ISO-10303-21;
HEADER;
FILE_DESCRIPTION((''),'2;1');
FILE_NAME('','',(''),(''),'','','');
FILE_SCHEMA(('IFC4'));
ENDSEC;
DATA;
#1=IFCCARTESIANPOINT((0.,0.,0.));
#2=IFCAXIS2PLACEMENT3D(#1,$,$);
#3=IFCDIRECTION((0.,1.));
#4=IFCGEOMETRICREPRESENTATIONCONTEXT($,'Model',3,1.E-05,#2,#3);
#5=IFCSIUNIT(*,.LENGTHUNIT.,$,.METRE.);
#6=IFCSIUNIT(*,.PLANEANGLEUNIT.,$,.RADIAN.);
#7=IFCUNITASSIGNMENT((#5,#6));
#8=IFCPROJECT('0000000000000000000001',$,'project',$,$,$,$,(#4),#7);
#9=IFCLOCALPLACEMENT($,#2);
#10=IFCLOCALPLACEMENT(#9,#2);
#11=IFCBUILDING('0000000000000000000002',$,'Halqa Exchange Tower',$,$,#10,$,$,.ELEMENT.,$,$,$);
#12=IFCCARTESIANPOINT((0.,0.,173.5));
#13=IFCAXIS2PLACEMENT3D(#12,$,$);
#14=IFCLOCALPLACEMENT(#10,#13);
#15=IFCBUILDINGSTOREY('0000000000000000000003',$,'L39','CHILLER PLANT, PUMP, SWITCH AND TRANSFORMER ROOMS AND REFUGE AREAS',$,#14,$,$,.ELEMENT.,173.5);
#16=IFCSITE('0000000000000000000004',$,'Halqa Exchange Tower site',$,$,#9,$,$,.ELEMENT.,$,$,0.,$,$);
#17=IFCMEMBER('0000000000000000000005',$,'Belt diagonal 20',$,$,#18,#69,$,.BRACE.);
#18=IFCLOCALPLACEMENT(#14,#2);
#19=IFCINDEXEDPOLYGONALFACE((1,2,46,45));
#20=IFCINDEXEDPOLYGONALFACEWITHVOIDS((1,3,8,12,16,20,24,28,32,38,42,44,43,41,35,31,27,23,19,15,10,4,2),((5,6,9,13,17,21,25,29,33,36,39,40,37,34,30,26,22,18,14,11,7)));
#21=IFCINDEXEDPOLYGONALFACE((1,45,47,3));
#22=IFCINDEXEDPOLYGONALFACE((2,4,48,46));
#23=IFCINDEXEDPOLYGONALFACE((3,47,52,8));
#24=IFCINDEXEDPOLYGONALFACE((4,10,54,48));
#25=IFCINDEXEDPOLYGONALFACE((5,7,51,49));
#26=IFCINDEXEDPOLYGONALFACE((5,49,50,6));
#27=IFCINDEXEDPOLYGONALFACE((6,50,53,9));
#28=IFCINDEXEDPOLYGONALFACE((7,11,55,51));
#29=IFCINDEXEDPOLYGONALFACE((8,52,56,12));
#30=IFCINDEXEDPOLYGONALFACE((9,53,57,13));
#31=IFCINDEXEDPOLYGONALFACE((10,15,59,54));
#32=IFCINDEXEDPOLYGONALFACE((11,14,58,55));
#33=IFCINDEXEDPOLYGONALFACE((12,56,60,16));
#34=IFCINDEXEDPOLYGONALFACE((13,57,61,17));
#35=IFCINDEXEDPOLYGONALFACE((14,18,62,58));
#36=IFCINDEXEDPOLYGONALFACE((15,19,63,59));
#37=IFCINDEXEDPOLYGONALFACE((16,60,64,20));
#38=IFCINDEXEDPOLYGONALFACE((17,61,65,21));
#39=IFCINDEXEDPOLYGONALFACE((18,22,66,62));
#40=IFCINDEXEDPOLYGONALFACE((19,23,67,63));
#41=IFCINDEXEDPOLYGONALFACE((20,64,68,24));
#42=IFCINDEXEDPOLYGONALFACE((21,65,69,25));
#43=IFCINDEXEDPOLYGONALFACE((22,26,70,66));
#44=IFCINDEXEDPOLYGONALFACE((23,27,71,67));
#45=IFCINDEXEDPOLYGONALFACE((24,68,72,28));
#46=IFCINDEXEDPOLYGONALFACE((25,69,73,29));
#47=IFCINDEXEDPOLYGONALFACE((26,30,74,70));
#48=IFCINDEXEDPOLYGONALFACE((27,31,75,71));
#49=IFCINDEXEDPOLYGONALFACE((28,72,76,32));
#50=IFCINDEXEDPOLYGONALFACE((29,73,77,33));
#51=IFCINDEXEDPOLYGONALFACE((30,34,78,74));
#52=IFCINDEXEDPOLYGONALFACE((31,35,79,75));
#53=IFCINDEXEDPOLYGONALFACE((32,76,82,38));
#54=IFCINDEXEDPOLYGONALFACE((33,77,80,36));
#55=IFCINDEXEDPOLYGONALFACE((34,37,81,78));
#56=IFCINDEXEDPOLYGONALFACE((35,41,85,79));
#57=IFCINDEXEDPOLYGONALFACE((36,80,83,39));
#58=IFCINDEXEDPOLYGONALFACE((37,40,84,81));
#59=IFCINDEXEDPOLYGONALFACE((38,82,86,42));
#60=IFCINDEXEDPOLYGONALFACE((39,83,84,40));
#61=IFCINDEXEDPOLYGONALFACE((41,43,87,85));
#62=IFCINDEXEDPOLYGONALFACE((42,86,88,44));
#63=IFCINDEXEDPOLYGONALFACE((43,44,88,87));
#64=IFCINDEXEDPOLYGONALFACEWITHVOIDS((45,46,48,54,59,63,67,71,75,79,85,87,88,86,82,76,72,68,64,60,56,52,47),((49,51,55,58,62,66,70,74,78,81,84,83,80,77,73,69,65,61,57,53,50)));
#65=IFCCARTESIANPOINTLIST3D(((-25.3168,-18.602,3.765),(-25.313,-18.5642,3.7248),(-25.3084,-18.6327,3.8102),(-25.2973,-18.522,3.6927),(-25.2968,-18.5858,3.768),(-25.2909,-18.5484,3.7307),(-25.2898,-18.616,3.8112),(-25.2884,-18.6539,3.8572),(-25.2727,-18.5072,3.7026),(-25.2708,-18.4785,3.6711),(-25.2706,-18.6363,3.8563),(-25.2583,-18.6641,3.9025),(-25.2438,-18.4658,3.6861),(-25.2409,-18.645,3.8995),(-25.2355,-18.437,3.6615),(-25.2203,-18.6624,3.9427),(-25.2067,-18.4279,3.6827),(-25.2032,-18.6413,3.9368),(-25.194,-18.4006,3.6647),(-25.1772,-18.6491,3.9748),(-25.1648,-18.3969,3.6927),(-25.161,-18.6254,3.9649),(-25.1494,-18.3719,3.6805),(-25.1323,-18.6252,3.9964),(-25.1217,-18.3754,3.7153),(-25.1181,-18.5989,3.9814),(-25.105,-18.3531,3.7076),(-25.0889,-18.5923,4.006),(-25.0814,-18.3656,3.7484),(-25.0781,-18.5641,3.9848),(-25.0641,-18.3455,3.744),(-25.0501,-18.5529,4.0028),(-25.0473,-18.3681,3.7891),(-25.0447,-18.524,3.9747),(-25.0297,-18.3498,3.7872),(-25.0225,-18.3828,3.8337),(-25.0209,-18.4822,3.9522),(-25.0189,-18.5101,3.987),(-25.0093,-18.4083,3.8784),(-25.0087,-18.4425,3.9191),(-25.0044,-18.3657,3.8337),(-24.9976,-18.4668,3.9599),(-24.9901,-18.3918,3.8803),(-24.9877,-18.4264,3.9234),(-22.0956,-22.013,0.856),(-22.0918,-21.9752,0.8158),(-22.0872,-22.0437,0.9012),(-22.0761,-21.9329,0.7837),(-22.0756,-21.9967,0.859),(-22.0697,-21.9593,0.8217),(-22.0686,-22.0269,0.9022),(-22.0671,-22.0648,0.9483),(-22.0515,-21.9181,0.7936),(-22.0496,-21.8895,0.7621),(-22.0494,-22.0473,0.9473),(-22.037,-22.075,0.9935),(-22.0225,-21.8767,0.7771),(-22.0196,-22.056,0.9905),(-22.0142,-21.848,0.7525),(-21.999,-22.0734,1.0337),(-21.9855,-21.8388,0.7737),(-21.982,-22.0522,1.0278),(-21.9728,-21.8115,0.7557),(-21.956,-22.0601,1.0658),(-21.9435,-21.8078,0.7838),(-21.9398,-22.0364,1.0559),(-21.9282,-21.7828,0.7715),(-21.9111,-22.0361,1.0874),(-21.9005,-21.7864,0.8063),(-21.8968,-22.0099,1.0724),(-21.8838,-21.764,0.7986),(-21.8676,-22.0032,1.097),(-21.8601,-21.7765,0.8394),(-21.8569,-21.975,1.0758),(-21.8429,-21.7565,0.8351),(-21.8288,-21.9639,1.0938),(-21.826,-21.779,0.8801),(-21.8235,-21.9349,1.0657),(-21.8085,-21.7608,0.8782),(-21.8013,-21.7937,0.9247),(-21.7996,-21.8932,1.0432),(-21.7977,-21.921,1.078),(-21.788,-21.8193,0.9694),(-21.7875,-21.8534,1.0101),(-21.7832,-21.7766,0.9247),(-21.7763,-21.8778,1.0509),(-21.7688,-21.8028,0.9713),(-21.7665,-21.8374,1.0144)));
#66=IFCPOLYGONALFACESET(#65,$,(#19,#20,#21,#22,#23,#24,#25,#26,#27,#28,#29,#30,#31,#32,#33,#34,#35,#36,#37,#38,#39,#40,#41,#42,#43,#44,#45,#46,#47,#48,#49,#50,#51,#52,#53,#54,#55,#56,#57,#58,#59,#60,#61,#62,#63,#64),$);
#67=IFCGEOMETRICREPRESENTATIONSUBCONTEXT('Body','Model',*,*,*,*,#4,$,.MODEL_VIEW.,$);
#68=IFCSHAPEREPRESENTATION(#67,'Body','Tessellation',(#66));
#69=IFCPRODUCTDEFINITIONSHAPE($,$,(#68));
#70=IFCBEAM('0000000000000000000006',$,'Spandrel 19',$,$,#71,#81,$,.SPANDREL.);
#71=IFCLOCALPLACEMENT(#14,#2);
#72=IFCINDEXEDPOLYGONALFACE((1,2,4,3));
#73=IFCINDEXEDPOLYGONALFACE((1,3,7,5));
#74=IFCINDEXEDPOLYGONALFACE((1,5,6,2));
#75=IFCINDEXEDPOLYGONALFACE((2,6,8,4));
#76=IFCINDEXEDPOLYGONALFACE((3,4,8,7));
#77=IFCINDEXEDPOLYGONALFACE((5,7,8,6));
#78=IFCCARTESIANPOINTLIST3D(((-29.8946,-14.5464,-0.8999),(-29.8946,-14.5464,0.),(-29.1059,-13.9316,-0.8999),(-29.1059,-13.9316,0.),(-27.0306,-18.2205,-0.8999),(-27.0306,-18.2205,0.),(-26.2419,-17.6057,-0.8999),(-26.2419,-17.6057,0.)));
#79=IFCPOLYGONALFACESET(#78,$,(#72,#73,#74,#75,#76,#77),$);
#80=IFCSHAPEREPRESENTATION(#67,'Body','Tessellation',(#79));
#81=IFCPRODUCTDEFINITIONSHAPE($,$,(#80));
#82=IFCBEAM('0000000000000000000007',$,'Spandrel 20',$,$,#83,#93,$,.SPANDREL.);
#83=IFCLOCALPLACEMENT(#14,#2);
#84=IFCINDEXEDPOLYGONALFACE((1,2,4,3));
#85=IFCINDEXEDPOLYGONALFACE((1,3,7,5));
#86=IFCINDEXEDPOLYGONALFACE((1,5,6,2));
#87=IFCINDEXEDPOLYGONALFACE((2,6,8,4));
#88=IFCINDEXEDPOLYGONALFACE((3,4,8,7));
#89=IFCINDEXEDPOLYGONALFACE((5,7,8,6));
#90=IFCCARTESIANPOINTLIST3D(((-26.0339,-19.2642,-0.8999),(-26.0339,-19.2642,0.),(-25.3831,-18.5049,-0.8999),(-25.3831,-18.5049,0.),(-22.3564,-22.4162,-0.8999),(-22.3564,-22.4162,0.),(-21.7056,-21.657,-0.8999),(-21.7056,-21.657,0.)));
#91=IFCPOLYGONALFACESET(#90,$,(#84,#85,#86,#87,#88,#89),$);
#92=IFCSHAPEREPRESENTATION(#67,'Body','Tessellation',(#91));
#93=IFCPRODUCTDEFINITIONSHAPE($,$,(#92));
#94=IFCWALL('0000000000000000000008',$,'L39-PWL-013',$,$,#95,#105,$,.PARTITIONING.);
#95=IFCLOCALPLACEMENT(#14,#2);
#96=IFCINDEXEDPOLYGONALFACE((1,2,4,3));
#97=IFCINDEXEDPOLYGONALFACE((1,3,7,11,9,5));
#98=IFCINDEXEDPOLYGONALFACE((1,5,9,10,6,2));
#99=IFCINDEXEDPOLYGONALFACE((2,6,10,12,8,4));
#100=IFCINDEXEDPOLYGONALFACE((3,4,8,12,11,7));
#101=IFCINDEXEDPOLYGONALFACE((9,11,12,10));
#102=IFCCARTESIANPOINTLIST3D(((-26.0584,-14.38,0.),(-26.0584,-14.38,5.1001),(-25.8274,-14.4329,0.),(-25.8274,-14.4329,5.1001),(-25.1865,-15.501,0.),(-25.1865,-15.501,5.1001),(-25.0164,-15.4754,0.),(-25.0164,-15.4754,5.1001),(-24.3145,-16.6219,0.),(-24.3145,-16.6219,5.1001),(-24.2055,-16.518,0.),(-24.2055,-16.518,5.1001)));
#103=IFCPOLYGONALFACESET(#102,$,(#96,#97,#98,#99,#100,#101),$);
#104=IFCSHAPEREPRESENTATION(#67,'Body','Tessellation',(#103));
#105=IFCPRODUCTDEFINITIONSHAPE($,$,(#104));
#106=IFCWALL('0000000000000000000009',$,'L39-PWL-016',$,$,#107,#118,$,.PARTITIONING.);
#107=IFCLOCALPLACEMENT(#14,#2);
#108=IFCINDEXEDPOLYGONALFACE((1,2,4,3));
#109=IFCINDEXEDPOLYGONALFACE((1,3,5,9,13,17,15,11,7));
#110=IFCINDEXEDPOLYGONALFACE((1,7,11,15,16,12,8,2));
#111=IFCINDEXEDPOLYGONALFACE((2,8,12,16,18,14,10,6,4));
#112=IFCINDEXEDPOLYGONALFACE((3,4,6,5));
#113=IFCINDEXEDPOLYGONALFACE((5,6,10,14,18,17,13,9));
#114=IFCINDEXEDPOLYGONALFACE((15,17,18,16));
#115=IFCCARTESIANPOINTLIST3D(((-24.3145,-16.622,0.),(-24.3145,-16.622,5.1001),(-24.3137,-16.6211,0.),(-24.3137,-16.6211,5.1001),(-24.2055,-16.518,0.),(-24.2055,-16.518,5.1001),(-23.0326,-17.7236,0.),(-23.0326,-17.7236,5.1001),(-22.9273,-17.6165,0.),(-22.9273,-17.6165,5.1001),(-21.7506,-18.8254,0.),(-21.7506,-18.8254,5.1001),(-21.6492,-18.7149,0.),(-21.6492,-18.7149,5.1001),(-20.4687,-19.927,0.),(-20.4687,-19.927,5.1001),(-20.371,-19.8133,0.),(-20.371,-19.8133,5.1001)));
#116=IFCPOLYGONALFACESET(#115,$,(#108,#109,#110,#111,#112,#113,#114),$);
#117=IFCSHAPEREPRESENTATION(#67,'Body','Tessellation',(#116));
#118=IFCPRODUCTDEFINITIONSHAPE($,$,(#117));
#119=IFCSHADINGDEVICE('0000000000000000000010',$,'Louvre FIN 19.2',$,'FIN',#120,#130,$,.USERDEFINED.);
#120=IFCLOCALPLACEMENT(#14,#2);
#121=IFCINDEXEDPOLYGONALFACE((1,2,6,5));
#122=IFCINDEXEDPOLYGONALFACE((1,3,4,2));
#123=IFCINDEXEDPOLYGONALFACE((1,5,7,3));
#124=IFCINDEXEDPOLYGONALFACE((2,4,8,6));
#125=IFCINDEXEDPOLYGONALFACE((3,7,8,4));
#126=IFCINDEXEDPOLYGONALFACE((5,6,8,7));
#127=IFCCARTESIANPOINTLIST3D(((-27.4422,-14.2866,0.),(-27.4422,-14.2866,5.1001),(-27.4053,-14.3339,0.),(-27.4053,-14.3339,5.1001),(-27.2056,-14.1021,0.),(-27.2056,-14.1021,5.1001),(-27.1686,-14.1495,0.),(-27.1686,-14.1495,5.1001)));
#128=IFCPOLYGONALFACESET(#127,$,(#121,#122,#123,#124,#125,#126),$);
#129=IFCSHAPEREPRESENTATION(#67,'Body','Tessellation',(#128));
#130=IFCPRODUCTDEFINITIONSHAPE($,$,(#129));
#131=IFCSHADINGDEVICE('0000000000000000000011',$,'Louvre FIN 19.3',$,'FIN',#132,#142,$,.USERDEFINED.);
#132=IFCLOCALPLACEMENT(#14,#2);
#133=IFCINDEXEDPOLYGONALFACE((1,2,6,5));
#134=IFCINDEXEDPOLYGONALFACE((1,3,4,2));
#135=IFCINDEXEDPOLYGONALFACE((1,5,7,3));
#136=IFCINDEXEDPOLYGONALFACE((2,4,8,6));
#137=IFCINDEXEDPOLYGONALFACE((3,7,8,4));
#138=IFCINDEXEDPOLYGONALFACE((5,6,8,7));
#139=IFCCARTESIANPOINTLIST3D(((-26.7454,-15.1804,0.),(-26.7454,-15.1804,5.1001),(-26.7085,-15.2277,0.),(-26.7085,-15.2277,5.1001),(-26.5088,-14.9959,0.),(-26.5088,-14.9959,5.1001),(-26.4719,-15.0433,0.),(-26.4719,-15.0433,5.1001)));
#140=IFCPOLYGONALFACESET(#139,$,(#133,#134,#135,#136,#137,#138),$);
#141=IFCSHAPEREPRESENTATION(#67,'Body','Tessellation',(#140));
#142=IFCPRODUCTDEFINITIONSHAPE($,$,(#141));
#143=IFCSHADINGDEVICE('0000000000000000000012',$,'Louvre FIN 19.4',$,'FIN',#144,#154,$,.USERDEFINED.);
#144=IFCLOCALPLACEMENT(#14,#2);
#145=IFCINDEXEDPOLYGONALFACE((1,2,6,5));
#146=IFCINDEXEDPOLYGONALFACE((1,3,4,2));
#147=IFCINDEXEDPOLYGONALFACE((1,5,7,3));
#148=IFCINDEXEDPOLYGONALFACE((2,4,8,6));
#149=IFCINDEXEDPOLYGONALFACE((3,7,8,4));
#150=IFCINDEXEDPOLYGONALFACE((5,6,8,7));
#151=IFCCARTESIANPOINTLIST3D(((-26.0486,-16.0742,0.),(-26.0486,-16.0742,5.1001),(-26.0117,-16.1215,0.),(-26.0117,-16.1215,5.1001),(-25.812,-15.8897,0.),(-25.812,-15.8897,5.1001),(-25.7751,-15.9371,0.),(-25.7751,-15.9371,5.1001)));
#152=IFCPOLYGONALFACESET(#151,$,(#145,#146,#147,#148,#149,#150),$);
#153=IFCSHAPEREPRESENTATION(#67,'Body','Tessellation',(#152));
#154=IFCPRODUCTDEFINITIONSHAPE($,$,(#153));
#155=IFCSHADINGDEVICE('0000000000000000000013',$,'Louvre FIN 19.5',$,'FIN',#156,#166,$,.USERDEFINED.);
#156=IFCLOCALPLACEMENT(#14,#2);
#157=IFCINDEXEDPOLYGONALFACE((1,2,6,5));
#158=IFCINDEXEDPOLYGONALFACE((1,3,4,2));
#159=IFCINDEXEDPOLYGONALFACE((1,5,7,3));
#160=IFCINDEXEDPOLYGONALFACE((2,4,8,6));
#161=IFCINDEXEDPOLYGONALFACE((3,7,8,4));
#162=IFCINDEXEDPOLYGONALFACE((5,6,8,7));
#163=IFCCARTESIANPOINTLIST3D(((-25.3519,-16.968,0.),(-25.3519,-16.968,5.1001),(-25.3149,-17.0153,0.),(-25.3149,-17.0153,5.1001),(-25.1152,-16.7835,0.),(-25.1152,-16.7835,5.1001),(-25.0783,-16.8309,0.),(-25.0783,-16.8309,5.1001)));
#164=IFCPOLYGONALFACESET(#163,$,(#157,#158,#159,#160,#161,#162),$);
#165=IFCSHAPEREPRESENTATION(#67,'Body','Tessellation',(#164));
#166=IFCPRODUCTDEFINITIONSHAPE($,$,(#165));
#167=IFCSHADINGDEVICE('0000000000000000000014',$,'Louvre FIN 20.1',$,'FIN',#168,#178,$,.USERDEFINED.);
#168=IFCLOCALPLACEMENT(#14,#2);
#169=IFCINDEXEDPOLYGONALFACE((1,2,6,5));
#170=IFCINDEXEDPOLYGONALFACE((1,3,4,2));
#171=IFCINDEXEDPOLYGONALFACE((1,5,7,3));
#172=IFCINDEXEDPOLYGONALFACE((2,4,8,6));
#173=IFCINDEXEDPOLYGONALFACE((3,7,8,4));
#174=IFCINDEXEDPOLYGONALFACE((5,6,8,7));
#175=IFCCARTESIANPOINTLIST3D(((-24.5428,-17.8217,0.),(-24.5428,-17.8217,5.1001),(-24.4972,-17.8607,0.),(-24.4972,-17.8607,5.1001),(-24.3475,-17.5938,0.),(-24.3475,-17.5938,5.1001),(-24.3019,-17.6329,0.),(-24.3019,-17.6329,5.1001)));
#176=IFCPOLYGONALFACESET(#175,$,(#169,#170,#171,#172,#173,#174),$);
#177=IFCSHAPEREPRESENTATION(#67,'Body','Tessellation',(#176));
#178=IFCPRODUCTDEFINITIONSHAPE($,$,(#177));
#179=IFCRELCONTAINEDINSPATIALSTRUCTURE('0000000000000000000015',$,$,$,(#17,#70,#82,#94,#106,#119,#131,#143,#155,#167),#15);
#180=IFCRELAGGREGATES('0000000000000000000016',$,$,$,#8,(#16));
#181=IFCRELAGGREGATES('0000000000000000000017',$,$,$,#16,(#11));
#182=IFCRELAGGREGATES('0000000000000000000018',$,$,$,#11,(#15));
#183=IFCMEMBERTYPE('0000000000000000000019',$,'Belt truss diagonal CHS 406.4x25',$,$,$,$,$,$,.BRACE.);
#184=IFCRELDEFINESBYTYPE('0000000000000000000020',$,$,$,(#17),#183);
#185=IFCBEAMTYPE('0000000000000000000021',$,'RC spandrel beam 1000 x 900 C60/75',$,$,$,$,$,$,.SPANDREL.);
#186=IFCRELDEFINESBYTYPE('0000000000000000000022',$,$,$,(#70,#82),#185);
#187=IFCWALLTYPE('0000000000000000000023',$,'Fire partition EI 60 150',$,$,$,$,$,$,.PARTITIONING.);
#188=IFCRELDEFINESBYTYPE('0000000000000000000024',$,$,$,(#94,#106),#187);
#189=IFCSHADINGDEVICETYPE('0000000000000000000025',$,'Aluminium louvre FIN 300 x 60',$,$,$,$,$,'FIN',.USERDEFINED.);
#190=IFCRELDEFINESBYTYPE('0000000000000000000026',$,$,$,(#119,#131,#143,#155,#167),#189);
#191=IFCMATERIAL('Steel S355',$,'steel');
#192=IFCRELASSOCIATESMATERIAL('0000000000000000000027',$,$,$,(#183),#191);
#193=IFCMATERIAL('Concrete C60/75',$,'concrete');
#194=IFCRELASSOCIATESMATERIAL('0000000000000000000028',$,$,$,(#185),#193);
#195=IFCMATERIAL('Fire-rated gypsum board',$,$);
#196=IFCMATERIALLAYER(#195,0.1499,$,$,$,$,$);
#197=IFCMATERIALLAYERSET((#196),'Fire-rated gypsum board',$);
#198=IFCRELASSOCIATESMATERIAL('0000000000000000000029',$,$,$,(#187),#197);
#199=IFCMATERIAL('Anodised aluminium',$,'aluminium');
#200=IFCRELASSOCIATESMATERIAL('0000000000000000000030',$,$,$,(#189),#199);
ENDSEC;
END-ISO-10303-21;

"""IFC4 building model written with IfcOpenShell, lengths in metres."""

from ifc_helpers import new_model, si_unit, direction, frame, origin, origin_2d, place, context, subcontext, project, spatial, polyline, rectangle, hollow_circle, outline, extrude, material, layer, layer_set, material_profile, profile_set, type_object, element, save


model = new_model("IFC4")

# Units and contexts
model_context = context("Model", 3, precision=1e-05, world=origin(), true_north=direction((0.0, 1.0)))
body_context = subcontext(model_context, "Body", "Model", "MODEL_VIEW")
ifc_project = project(units=[si_unit("LENGTHUNIT", "METRE"), si_unit("PLANEANGLEUNIT", "RADIAN")], contexts=[model_context])

# Site, building, storey
site_placement = place(None, origin())
site = spatial("IfcSite", under=ifc_project, at=site_placement, Name="Halqa Exchange Tower site", CompositionType="ELEMENT", RefElevation=0.0)
building_placement = place(site_placement, origin())
building = spatial("IfcBuilding", under=site, at=building_placement, Name="Halqa Exchange Tower", CompositionType="ELEMENT")
storey_placement = place(building_placement, frame((0.0, 0.0, 173.5)))
storey = spatial("IfcBuildingStorey", under=building, at=storey_placement, Name="L39", Description="CHILLER PLANT, PUMP, SWITCH AND TRANSFORMER ROOMS AND REFUGE AREAS", CompositionType="ELEMENT", Elevation=173.5)

# Member
ifc_material_1 = material(Name="Steel S355", Category="steel")
ifc_material_profile_1 = material_profile(ifc_material_1, hollow_circle(Radius=0.2031, WallThickness=0.0249, at=origin_2d()), Name="CHS 406.4x25")
ifc_profile_set_1 = profile_set([ifc_material_profile_1], Name="Steel S355")
member_type_1 = type_object("IfcMemberType", Name="Belt truss diagonal CHS 406.4x25", PredefinedType="BRACE", material=ifc_profile_set_1)
member_1_placement = place(storey_placement, frame((-25.1521, -18.5051, 3.8337), z_axis=(0.583532, -0.617897, -0.526966), x_axis=(0.727035, 0.686601, 0.0)))
element("IfcMember", 1, at=member_1_placement, inside=storey, type_object=member_type_1, Name="Belt diagonal 20", PredefinedType="BRACE", context=body_context, shape_type="SweptSolid", body=[
    extrude(hollow_circle(Radius=0.2031, WallThickness=0.0249, at=origin_2d()), origin(), (0.0, 0.0, 1.0), 5.5203),
])

# Beams
ifc_material_2 = material(Name="Concrete C60/75", Category="concrete")
ifc_material_profile_2 = material_profile(ifc_material_2, rectangle(XDim=1.0, YDim=0.8999, at=origin_2d()), Name="1000 x 900")
ifc_profile_set_2 = profile_set([ifc_material_profile_2], Name="Concrete C60/75")
beam_type = type_object("IfcBeamType", Name="RC spandrel beam 1000 x 900 C60/75", PredefinedType="SPANDREL", material=ifc_profile_set_2)
beam_1_placement = place(storey_placement, frame((-29.5002, -14.239, -0.45), z_axis=(0.614797, -0.788686, 0.0), x_axis=(0.788686, 0.614797, 0.0)))
element("IfcBeam", 2, at=beam_1_placement, inside=storey, type_object=beam_type, Name="Spandrel 19", PredefinedType="SPANDREL", context=body_context, shape_type="SweptSolid", body=[
    extrude(rectangle(XDim=1.0, YDim=0.8999, at=origin_2d()), origin(), (0.0, 0.0, 1.0), 4.6584),
])
beam_2_placement = place(storey_placement, frame((-25.7085, -18.8845, -0.45), z_axis=(0.75926, -0.650787, 0.0), x_axis=(0.650787, 0.75926, 0.0)))
element("IfcBeam", 3, at=beam_2_placement, inside=storey, type_object=beam_type, Name="Spandrel 20", PredefinedType="SPANDREL", context=body_context, shape_type="SweptSolid", body=[
    extrude(rectangle(XDim=1.0, YDim=0.8999, at=origin_2d()), origin(), (0.0, 0.0, 1.0), 4.8435),
])

# Shared definitions
ifc_material_3 = material(Name="Fire-rated gypsum board")
ifc_layer_1 = layer(ifc_material_3, 0.1499)
ifc_layer_set_1 = layer_set([ifc_layer_1], Name="Fire-rated gypsum board")
wall_type = type_object("IfcWallType", Name="Fire partition EI 60 150", PredefinedType="PARTITIONING", material=ifc_layer_set_1)

# Walls
wall_1_placement = place(storey_placement, frame((-25.9993, -14.334, 0.0), z_axis=(0.0, 0.0, 1.0), x_axis=(0.613976, -0.789324, 0.0)))
element("IfcWall", 4, at=wall_1_placement, inside=storey, type_object=wall_type, Name="L39-PWL-013", PredefinedType="PARTITIONING", context=body_context, shape_type="SweptSolid", body=[
    extrude(outline(polyline([(0.0, -0.075), (1.4202, -0.075), (2.8403, -0.075), (2.8252, 0.075), (1.5044, 0.075), (0.1836, 0.075), (0.0, -0.075), (0.0, -0.075)])), origin(), (0.0, 0.0, 1.0), 5.1001),
])
wall_2_placement = place(storey_placement, frame((-24.2656, -16.5652, 0.0), z_axis=(0.0, 0.0, 1.0), x_axis=(0.758417, -0.65177, 0.0)))
element("IfcWall", 5, at=wall_2_placement, inside=storey, type_object=wall_type, Name="L39-PWL-016", PredefinedType="PARTITIONING", context=body_context, shape_type="SweptSolid", body=[
    extrude(outline(polyline([(5.0708, 0.075), (3.3855, 0.075), (1.7002, 0.075), (0.0149, 0.075), (0.0, -0.0737), (0.0, -0.075), (1.6902, -0.075), (3.3806, -0.075), (5.0708, -0.075), (5.0708, 0.075)])), origin(), (0.0, 0.0, 1.0), 5.1001),
])

# Shading devices
ifc_material_4 = material(Name="Anodised aluminium", Category="aluminium")
ifc_material_profile_3 = material_profile(ifc_material_4, rectangle(XDim=0.3, YDim=0.0601, at=origin_2d()), Name="AL FIN 300x60")
ifc_profile_set_3 = profile_set([ifc_material_profile_3], Name="Anodised aluminium")
shading_device_type = type_object("IfcShadingDeviceType", Name="Aluminium louvre FIN 300 x 60", ElementType="FIN", PredefinedType="USERDEFINED", material=ifc_profile_set_3)
for number, where, z_axis, x_axis, name in (
    (6, (-27.3054, -14.218, 0.0), (0.0, 0.0, 1.0), (0.788686, 0.614796, 0.0), "Louvre FIN 19.2"),
    (7, (-26.6086, -15.1118, 0.0), (0.0, 0.0, 1.0), (0.788686, 0.614796, 0.0), "Louvre FIN 19.3"),
    (8, (-25.9119, -16.0056, 0.0), (0.0, 0.0, 1.0), (0.788686, 0.614796, 0.0), "Louvre FIN 19.4"),
    (9, (-25.2151, -16.8994, 0.0), (0.0, 0.0, 1.0), (0.788686, 0.614796, 0.0), "Louvre FIN 19.5"),
    (10, (-24.4224, -17.7273, 0.0), (0.0, 0.0, 1.0), (0.650785, 0.759262, 0.0), "Louvre FIN 20.1"),
):
    element("IfcShadingDevice", number, at=place(storey_placement, frame(where, z_axis=z_axis, x_axis=x_axis)), inside=storey, type_object=shading_device_type, Name=name, ObjectType="FIN", PredefinedType="USERDEFINED", context=body_context, shape_type="SweptSolid", body=[
        extrude(rectangle(XDim=0.3, YDim=0.0601, at=origin_2d()), origin(), (0.0, 0.0, 1.0), 5.1001),
    ])

save(model, "model.ifc")
